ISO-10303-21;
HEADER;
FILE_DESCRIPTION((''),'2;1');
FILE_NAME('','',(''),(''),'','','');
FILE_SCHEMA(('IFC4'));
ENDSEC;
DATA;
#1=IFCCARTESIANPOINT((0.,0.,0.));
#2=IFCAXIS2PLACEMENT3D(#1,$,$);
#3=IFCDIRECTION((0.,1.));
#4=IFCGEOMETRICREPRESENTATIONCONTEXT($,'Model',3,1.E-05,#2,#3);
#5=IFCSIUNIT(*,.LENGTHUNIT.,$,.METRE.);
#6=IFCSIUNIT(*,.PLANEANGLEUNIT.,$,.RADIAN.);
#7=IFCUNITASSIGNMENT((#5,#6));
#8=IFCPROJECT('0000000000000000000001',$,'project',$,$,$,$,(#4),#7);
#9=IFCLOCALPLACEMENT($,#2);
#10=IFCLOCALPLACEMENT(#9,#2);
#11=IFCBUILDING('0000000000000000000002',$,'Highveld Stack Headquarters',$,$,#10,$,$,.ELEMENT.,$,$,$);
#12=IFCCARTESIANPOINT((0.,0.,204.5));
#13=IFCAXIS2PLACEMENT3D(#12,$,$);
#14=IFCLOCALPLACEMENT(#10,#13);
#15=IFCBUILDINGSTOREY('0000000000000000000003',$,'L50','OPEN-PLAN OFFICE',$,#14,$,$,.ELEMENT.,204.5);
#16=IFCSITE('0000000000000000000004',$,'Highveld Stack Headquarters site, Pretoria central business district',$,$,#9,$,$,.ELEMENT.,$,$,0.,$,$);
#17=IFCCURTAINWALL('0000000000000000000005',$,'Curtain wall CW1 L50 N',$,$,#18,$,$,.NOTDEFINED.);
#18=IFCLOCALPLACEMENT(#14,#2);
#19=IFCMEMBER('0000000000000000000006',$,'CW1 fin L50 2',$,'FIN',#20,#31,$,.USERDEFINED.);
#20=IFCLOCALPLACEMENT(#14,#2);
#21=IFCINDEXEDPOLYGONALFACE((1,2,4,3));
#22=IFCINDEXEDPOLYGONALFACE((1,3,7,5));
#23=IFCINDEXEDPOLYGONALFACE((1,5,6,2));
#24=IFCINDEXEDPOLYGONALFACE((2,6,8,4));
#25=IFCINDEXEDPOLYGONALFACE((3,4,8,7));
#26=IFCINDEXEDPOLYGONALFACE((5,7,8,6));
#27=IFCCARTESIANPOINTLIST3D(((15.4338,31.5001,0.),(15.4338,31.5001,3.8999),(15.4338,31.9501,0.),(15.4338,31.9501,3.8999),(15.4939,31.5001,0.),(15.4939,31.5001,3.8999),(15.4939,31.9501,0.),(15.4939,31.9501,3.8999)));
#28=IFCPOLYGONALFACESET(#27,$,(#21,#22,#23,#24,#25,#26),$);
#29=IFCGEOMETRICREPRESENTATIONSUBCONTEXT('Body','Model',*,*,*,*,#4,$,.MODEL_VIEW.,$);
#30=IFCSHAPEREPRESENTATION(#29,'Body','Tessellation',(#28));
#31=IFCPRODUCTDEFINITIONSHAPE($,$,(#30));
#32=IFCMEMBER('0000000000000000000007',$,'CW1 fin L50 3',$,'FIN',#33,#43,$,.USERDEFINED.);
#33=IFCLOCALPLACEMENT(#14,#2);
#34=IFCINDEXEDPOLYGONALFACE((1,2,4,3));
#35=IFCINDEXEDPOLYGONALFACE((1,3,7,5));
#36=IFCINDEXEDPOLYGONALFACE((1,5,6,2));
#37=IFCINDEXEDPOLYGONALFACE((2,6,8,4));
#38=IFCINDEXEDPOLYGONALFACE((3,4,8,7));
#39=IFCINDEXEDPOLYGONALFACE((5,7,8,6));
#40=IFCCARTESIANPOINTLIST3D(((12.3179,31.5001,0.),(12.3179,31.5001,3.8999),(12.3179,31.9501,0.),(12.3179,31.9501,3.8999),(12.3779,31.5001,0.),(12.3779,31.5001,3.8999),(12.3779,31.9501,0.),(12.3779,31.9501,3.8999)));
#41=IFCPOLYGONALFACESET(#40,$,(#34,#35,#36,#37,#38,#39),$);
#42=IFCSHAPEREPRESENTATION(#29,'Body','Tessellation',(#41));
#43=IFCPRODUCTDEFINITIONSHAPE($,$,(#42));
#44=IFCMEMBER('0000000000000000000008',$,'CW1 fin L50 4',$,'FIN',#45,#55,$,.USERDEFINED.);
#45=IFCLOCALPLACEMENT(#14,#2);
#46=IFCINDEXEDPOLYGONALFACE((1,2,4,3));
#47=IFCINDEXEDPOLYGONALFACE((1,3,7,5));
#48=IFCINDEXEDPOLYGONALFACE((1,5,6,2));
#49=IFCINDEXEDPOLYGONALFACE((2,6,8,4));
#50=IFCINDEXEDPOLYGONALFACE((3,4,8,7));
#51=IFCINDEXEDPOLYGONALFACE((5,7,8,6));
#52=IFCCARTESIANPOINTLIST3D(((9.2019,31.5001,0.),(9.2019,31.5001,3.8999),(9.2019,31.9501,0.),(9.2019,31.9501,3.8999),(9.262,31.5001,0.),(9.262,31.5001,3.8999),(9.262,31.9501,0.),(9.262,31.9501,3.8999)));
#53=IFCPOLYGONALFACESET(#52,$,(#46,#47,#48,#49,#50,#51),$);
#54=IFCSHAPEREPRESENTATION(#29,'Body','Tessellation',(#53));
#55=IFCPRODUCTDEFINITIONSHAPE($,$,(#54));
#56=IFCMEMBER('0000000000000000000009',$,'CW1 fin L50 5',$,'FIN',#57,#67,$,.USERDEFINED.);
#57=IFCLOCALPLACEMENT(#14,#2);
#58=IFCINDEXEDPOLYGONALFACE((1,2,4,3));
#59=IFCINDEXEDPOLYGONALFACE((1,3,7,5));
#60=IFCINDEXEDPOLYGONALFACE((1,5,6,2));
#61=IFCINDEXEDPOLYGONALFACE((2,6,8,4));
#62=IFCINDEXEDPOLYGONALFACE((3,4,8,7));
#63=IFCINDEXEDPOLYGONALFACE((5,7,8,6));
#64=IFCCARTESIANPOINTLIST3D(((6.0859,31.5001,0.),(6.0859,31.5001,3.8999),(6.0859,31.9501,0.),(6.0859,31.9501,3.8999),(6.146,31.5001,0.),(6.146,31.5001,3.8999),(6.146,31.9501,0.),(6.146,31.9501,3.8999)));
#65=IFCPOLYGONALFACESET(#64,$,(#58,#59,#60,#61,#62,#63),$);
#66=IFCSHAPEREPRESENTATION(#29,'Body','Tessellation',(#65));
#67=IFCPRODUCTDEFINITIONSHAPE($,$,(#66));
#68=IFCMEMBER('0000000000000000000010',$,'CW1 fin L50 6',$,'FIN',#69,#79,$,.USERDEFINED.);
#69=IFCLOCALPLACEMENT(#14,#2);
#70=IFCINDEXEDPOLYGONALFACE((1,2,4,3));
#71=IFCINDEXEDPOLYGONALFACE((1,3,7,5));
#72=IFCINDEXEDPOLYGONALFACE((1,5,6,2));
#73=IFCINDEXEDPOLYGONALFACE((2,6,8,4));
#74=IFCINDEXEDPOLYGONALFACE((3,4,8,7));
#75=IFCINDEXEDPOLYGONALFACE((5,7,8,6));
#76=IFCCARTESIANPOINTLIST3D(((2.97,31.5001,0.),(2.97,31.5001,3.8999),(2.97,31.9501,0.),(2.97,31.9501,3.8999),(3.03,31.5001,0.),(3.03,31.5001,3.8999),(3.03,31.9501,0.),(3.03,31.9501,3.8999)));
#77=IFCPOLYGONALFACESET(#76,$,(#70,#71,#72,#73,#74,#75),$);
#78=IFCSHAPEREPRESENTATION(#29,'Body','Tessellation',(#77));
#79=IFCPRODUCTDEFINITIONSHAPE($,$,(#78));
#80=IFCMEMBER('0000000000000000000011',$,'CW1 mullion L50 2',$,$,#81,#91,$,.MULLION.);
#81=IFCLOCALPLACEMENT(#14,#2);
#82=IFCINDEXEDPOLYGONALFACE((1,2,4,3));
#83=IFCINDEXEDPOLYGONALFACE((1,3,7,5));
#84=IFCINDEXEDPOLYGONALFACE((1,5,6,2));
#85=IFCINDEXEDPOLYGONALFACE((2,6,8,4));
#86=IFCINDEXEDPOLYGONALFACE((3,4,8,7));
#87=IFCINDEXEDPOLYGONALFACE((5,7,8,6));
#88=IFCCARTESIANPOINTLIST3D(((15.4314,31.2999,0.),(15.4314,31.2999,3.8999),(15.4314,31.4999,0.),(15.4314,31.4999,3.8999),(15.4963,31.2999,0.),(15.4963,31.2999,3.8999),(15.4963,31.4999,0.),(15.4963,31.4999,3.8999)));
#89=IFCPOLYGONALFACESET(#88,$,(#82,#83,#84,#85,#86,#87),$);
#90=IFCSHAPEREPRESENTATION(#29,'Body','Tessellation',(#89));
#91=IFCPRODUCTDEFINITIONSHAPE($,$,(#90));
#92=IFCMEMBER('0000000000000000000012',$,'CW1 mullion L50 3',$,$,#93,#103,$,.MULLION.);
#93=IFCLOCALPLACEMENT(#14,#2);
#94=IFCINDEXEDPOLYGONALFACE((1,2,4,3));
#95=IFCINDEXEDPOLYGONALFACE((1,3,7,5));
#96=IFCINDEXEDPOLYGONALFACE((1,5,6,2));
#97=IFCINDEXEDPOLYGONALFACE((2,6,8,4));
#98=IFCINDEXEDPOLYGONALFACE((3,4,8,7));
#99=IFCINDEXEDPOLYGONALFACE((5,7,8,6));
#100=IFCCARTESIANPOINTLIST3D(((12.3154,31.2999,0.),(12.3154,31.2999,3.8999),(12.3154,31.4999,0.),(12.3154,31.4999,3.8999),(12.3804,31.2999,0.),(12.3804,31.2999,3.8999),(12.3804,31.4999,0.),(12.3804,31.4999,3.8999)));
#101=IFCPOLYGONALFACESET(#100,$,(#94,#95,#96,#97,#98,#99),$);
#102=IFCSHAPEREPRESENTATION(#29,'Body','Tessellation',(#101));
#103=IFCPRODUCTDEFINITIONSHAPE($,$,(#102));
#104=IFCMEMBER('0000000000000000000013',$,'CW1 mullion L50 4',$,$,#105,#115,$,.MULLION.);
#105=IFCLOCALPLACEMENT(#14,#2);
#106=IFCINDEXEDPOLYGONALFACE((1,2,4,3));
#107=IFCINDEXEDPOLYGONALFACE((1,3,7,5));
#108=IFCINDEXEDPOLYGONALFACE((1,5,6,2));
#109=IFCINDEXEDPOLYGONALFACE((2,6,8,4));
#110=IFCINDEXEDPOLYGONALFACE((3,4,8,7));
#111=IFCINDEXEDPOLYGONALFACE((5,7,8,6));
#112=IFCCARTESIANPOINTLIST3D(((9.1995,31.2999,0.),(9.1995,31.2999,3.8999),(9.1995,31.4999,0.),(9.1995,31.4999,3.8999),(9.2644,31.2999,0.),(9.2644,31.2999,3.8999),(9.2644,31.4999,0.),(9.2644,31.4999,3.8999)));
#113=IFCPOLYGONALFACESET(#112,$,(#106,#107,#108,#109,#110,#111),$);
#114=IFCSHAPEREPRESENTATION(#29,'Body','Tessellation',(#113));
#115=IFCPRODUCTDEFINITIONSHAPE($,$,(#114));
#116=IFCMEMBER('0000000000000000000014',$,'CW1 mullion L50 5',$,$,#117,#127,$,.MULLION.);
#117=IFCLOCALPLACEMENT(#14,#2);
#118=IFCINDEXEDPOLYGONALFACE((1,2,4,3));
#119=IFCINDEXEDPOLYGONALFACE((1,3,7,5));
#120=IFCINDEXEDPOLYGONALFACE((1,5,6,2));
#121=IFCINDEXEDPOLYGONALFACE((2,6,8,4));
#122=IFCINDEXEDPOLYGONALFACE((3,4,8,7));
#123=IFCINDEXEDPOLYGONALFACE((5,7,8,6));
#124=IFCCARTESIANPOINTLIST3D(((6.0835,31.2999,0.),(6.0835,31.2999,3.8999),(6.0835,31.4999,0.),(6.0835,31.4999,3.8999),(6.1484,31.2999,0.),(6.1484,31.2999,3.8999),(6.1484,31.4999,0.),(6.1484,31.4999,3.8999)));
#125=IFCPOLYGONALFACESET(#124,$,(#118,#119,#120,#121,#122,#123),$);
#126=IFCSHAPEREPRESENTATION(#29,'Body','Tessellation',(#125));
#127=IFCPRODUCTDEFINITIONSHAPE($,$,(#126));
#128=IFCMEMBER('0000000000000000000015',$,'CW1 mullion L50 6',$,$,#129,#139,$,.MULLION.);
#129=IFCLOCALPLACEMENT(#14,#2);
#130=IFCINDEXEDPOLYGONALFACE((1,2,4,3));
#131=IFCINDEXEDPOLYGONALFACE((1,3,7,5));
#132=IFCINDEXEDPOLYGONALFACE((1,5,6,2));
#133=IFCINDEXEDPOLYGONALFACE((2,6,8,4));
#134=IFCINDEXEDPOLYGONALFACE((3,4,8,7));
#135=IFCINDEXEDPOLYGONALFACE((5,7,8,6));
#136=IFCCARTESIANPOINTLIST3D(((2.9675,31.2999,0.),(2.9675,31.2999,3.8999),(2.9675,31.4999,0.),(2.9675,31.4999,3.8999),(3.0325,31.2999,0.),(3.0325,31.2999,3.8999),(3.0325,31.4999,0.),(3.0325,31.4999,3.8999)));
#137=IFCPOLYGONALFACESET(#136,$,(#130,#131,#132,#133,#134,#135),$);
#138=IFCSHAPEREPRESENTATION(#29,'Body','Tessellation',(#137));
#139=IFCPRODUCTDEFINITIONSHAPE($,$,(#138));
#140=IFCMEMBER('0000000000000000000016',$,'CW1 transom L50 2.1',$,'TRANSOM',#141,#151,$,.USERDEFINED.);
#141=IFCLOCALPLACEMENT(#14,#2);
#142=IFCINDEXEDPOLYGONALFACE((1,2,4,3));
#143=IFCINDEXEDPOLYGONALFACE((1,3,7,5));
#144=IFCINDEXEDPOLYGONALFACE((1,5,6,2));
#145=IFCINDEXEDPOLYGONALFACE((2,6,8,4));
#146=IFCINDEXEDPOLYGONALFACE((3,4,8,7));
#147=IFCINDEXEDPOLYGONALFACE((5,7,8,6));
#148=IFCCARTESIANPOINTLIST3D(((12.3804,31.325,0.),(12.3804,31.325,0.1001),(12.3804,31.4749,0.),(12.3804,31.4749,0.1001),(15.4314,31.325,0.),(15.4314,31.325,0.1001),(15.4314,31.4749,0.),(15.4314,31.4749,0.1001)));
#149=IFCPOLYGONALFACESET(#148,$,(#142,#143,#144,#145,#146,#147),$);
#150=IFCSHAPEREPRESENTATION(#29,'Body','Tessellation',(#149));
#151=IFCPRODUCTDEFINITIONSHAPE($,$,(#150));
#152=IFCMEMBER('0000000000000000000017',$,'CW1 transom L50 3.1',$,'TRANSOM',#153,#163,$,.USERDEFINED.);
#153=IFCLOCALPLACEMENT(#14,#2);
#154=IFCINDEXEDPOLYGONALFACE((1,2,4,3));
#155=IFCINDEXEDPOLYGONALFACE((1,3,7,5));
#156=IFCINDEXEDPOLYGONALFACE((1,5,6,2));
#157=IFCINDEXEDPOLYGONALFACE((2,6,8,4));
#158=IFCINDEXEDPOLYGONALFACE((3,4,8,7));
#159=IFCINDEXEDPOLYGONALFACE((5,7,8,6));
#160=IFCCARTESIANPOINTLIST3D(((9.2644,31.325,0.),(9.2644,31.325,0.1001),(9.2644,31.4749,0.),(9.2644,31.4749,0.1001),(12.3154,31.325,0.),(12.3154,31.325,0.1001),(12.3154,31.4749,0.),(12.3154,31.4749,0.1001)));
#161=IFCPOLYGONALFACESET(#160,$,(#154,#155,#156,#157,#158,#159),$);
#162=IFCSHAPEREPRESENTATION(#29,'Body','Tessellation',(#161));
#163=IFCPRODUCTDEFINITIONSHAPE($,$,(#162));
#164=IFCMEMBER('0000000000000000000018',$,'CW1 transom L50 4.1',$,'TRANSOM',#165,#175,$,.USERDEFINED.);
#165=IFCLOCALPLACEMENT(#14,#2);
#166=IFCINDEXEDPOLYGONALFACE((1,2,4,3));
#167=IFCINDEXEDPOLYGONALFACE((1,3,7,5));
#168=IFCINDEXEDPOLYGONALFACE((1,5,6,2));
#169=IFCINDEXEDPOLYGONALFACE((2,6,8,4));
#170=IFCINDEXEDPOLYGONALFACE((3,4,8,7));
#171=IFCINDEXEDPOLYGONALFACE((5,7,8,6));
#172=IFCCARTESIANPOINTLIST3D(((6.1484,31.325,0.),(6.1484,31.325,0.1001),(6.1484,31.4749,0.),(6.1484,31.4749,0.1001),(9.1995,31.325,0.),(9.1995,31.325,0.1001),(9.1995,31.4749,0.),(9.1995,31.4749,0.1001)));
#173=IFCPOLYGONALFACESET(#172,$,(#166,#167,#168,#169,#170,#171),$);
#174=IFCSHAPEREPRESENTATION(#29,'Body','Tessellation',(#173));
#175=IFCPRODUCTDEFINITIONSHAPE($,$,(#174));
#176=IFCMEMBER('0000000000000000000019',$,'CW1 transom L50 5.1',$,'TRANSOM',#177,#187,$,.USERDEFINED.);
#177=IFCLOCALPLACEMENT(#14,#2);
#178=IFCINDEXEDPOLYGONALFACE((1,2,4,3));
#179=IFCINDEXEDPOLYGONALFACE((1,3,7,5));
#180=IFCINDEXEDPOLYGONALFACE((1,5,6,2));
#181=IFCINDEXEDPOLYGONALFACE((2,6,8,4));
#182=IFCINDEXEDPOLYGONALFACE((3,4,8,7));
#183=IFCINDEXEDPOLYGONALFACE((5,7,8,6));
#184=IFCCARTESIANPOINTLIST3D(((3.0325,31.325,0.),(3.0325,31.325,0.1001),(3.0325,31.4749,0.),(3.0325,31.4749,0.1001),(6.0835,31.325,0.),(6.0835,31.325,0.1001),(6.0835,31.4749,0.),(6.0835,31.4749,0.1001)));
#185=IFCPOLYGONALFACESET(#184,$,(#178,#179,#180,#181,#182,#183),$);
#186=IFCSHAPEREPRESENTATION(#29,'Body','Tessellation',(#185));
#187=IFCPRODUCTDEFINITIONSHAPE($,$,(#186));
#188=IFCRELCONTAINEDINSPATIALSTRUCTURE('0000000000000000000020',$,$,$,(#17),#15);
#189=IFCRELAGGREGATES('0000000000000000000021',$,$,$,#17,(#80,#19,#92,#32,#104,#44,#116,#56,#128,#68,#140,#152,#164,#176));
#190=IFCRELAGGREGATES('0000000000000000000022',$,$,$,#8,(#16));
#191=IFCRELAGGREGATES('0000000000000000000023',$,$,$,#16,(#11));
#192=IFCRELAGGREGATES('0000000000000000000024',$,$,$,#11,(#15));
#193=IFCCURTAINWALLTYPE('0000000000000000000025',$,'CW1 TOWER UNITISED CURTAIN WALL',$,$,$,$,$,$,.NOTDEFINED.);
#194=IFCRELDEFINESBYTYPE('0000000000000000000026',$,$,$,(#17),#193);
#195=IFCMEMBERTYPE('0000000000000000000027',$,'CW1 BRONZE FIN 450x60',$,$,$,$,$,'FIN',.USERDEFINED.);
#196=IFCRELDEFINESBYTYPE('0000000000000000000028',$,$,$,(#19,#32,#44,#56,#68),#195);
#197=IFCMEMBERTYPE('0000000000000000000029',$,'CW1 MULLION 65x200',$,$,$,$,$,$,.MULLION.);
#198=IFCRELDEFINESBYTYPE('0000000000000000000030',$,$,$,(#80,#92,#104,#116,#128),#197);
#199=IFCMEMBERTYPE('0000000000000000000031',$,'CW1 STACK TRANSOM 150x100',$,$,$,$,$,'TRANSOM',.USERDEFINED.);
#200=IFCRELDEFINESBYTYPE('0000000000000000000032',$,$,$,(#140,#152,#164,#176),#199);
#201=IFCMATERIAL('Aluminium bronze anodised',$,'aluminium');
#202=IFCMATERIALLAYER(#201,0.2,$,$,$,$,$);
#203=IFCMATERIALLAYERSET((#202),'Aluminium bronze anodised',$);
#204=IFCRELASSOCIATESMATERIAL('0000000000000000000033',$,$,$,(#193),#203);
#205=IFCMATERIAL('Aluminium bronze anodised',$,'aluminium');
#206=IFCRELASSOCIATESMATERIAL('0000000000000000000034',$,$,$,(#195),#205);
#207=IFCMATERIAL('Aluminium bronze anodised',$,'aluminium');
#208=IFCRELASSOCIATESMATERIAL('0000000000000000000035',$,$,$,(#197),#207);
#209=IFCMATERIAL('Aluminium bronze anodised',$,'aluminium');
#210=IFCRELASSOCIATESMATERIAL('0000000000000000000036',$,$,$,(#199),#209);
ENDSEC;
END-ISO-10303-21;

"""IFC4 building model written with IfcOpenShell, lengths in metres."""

from ifc_helpers import new_model, si_unit, direction, frame, origin, origin_2d, place, context, subcontext, project, spatial, rectangle, extrude, material, layer, layer_set, material_profile, profile_set, type_object, element, aggregate, save


model = new_model("IFC4")

# Units and contexts
model_context = context("Model", 3, precision=1e-05, world=origin(), true_north=direction((0.0, 1.0)))
body_context = subcontext(model_context, "Body", "Model", "MODEL_VIEW")
ifc_project = project(units=[si_unit("LENGTHUNIT", "METRE"), si_unit("PLANEANGLEUNIT", "RADIAN")], contexts=[model_context])

# Site, building, storey
site_placement = place(None, origin())
site = spatial("IfcSite", under=ifc_project, at=site_placement, Name="Highveld Stack Headquarters site, Pretoria central business district", CompositionType="ELEMENT", RefElevation=0.0)
building_placement = place(site_placement, origin())
building = spatial("IfcBuilding", under=site, at=building_placement, Name="Highveld Stack Headquarters", CompositionType="ELEMENT")
storey_placement = place(building_placement, frame((0.0, 0.0, 204.5)))
storey = spatial("IfcBuildingStorey", under=building, at=storey_placement, Name="L50", Description="OPEN-PLAN OFFICE", CompositionType="ELEMENT", Elevation=204.5)

# Curtain wall, members
ifc_material_1 = material(Name="Aluminium bronze anodised", Category="aluminium")
ifc_layer_1 = layer(ifc_material_1, 0.2)
ifc_layer_set_1 = layer_set([ifc_layer_1], Name="Aluminium bronze anodised")
curtain_wall_type = type_object("IfcCurtainWallType", Name="CW1 TOWER UNITISED CURTAIN WALL", PredefinedType="NOTDEFINED", material=ifc_layer_set_1)
curtain_wall_placement = place(storey_placement, origin())
curtain_wall = element("IfcCurtainWall", 1, at=curtain_wall_placement, inside=storey, type_object=curtain_wall_type, Name="Curtain wall CW1 L50 N", PredefinedType="NOTDEFINED")
ifc_material_2 = material(Name="Aluminium bronze anodised", Category="aluminium")
ifc_material_profile_1 = material_profile(ifc_material_2, rectangle(XDim=0.45, YDim=0.0601, at=origin_2d()), Name="FIN 450x60")
ifc_profile_set_1 = profile_set([ifc_material_profile_1], Name="Aluminium bronze anodised")
member_type_1 = type_object("IfcMemberType", Name="CW1 BRONZE FIN 450x60", ElementType="FIN", PredefinedType="USERDEFINED", material=ifc_profile_set_1)
member_1_placement = place(storey_placement, frame((15.4639, 31.7251, 0.0), z_axis=(0.0, 0.0, 1.0), x_axis=(0.0, -1.0, 0.0)))
member_1 = element("IfcMember", 2, at=member_1_placement, type_object=member_type_1, Name="CW1 fin L50 2", ObjectType="FIN", PredefinedType="USERDEFINED", context=body_context, shape_type="SweptSolid", body=[
    extrude(rectangle(XDim=0.45, YDim=0.0601, at=origin_2d()), origin(), (0.0, 0.0, 1.0), 3.8999),
])
member_2_placement = place(storey_placement, frame((12.3479, 31.7251, 0.0), z_axis=(0.0, 0.0, 1.0), x_axis=(0.0, -1.0, 0.0)))
member_2 = element("IfcMember", 3, at=member_2_placement, type_object=member_type_1, Name="CW1 fin L50 3", ObjectType="FIN", PredefinedType="USERDEFINED", context=body_context, shape_type="SweptSolid", body=[
    extrude(rectangle(XDim=0.45, YDim=0.0601, at=origin_2d()), origin(), (0.0, 0.0, 1.0), 3.8999),
])
member_3_placement = place(storey_placement, frame((9.2319, 31.7251, 0.0), z_axis=(0.0, 0.0, 1.0), x_axis=(0.0, -1.0, 0.0)))
member_3 = element("IfcMember", 4, at=member_3_placement, type_object=member_type_1, Name="CW1 fin L50 4", ObjectType="FIN", PredefinedType="USERDEFINED", context=body_context, shape_type="SweptSolid", body=[
    extrude(rectangle(XDim=0.45, YDim=0.0601, at=origin_2d()), origin(), (0.0, 0.0, 1.0), 3.8999),
])
member_4_placement = place(storey_placement, frame((6.116, 31.7251, 0.0), z_axis=(0.0, 0.0, 1.0), x_axis=(0.0, -1.0, 0.0)))
member_4 = element("IfcMember", 5, at=member_4_placement, type_object=member_type_1, Name="CW1 fin L50 5", ObjectType="FIN", PredefinedType="USERDEFINED", context=body_context, shape_type="SweptSolid", body=[
    extrude(rectangle(XDim=0.45, YDim=0.0601, at=origin_2d()), origin(), (0.0, 0.0, 1.0), 3.8999),
])
member_5_placement = place(storey_placement, frame((3.0, 31.7251, 0.0), z_axis=(0.0, 0.0, 1.0), x_axis=(0.0, -1.0, 0.0)))
member_5 = element("IfcMember", 6, at=member_5_placement, type_object=member_type_1, Name="CW1 fin L50 6", ObjectType="FIN", PredefinedType="USERDEFINED", context=body_context, shape_type="SweptSolid", body=[
    extrude(rectangle(XDim=0.45, YDim=0.0601, at=origin_2d()), origin(), (0.0, 0.0, 1.0), 3.8999),
])
ifc_material_3 = material(Name="Aluminium bronze anodised", Category="aluminium")
ifc_material_profile_2 = material_profile(ifc_material_3, rectangle(XDim=0.2, YDim=0.0649, at=origin_2d()), Name="CW1 MULLION 65x200")
ifc_profile_set_2 = profile_set([ifc_material_profile_2], Name="Aluminium bronze anodised")
member_type_2 = type_object("IfcMemberType", Name="CW1 MULLION 65x200", PredefinedType="MULLION", material=ifc_profile_set_2)
member_6_placement = place(storey_placement, frame((15.4639, 31.3999, 0.0), z_axis=(0.0, 0.0, 1.0), x_axis=(0.0, -1.0, 0.0)))
member_6 = element("IfcMember", 7, at=member_6_placement, type_object=member_type_2, Name="CW1 mullion L50 2", PredefinedType="MULLION", context=body_context, shape_type="SweptSolid", body=[
    extrude(rectangle(XDim=0.2, YDim=0.0649, at=origin_2d()), origin(), (0.0, 0.0, 1.0), 3.8999),
])
member_7_placement = place(storey_placement, frame((12.3479, 31.3999, 0.0), z_axis=(0.0, 0.0, 1.0), x_axis=(0.0, -1.0, 0.0)))
member_7 = element("IfcMember", 8, at=member_7_placement, type_object=member_type_2, Name="CW1 mullion L50 3", PredefinedType="MULLION", context=body_context, shape_type="SweptSolid", body=[
    extrude(rectangle(XDim=0.2, YDim=0.0649, at=origin_2d()), origin(), (0.0, 0.0, 1.0), 3.8999),
])
member_8_placement = place(storey_placement, frame((9.2319, 31.3999, 0.0), z_axis=(0.0, 0.0, 1.0), x_axis=(0.0, -1.0, 0.0)))
member_8 = element("IfcMember", 9, at=member_8_placement, type_object=member_type_2, Name="CW1 mullion L50 4", PredefinedType="MULLION", context=body_context, shape_type="SweptSolid", body=[
    extrude(rectangle(XDim=0.2, YDim=0.0649, at=origin_2d()), origin(), (0.0, 0.0, 1.0), 3.8999),
])
member_9_placement = place(storey_placement, frame((6.116, 31.3999, 0.0), z_axis=(0.0, 0.0, 1.0), x_axis=(0.0, -1.0, 0.0)))
member_9 = element("IfcMember", 10, at=member_9_placement, type_object=member_type_2, Name="CW1 mullion L50 5", PredefinedType="MULLION", context=body_context, shape_type="SweptSolid", body=[
    extrude(rectangle(XDim=0.2, YDim=0.0649, at=origin_2d()), origin(), (0.0, 0.0, 1.0), 3.8999),
])
member_10_placement = place(storey_placement, frame((3.0, 31.3999, 0.0), z_axis=(0.0, 0.0, 1.0), x_axis=(0.0, -1.0, 0.0)))
member_10 = element("IfcMember", 11, at=member_10_placement, type_object=member_type_2, Name="CW1 mullion L50 6", PredefinedType="MULLION", context=body_context, shape_type="SweptSolid", body=[
    extrude(rectangle(XDim=0.2, YDim=0.0649, at=origin_2d()), origin(), (0.0, 0.0, 1.0), 3.8999),
])
ifc_material_4 = material(Name="Aluminium bronze anodised", Category="aluminium")
ifc_material_profile_3 = material_profile(ifc_material_4, rectangle(XDim=0.1499, YDim=0.1001, at=origin_2d()), Name="CW1 TRANSOM 150x100")
ifc_profile_set_3 = profile_set([ifc_material_profile_3], Name="Aluminium bronze anodised")
member_type_3 = type_object("IfcMemberType", Name="CW1 STACK TRANSOM 150x100", ElementType="TRANSOM", PredefinedType="USERDEFINED", material=ifc_profile_set_3)
member_11_placement = place(storey_placement, frame((15.4314, 31.3999, 0.05), z_axis=(-1.0, 0.0, 0.0), x_axis=(0.0, -1.0, 0.0)))
member_11 = element("IfcMember", 12, at=member_11_placement, type_object=member_type_3, Name="CW1 transom L50 2.1", ObjectType="TRANSOM", PredefinedType="USERDEFINED", context=body_context, shape_type="SweptSolid", body=[
    extrude(rectangle(XDim=0.1499, YDim=0.1001, at=origin_2d()), origin(), (0.0, 0.0, 1.0), 3.051),
])
member_12_placement = place(storey_placement, frame((12.3154, 31.3999, 0.05), z_axis=(-1.0, 0.0, 0.0), x_axis=(0.0, -1.0, 0.0)))
member_12 = element("IfcMember", 13, at=member_12_placement, type_object=member_type_3, Name="CW1 transom L50 3.1", ObjectType="TRANSOM", PredefinedType="USERDEFINED", context=body_context, shape_type="SweptSolid", body=[
    extrude(rectangle(XDim=0.1499, YDim=0.1001, at=origin_2d()), origin(), (0.0, 0.0, 1.0), 3.051),
])
member_13_placement = place(storey_placement, frame((9.1995, 31.3999, 0.05), z_axis=(-1.0, 0.0, 0.0), x_axis=(0.0, -1.0, 0.0)))
member_13 = element("IfcMember", 14, at=member_13_placement, type_object=member_type_3, Name="CW1 transom L50 4.1", ObjectType="TRANSOM", PredefinedType="USERDEFINED", context=body_context, shape_type="SweptSolid", body=[
    extrude(rectangle(XDim=0.1499, YDim=0.1001, at=origin_2d()), origin(), (0.0, 0.0, 1.0), 3.051),
])
member_14_placement = place(storey_placement, frame((6.0835, 31.3999, 0.05), z_axis=(-1.0, 0.0, 0.0), x_axis=(0.0, -1.0, 0.0)))
member_14 = element("IfcMember", 15, at=member_14_placement, type_object=member_type_3, Name="CW1 transom L50 5.1", ObjectType="TRANSOM", PredefinedType="USERDEFINED", context=body_context, shape_type="SweptSolid", body=[
    extrude(rectangle(XDim=0.1499, YDim=0.1001, at=origin_2d()), origin(), (0.0, 0.0, 1.0), 3.051),
])
aggregate(curtain_wall, [member_6, member_1, member_7, member_2, member_8, member_3, member_9, member_4, member_10, member_5, member_11, member_12, member_13, member_14])

save(model, "model.ifc")
